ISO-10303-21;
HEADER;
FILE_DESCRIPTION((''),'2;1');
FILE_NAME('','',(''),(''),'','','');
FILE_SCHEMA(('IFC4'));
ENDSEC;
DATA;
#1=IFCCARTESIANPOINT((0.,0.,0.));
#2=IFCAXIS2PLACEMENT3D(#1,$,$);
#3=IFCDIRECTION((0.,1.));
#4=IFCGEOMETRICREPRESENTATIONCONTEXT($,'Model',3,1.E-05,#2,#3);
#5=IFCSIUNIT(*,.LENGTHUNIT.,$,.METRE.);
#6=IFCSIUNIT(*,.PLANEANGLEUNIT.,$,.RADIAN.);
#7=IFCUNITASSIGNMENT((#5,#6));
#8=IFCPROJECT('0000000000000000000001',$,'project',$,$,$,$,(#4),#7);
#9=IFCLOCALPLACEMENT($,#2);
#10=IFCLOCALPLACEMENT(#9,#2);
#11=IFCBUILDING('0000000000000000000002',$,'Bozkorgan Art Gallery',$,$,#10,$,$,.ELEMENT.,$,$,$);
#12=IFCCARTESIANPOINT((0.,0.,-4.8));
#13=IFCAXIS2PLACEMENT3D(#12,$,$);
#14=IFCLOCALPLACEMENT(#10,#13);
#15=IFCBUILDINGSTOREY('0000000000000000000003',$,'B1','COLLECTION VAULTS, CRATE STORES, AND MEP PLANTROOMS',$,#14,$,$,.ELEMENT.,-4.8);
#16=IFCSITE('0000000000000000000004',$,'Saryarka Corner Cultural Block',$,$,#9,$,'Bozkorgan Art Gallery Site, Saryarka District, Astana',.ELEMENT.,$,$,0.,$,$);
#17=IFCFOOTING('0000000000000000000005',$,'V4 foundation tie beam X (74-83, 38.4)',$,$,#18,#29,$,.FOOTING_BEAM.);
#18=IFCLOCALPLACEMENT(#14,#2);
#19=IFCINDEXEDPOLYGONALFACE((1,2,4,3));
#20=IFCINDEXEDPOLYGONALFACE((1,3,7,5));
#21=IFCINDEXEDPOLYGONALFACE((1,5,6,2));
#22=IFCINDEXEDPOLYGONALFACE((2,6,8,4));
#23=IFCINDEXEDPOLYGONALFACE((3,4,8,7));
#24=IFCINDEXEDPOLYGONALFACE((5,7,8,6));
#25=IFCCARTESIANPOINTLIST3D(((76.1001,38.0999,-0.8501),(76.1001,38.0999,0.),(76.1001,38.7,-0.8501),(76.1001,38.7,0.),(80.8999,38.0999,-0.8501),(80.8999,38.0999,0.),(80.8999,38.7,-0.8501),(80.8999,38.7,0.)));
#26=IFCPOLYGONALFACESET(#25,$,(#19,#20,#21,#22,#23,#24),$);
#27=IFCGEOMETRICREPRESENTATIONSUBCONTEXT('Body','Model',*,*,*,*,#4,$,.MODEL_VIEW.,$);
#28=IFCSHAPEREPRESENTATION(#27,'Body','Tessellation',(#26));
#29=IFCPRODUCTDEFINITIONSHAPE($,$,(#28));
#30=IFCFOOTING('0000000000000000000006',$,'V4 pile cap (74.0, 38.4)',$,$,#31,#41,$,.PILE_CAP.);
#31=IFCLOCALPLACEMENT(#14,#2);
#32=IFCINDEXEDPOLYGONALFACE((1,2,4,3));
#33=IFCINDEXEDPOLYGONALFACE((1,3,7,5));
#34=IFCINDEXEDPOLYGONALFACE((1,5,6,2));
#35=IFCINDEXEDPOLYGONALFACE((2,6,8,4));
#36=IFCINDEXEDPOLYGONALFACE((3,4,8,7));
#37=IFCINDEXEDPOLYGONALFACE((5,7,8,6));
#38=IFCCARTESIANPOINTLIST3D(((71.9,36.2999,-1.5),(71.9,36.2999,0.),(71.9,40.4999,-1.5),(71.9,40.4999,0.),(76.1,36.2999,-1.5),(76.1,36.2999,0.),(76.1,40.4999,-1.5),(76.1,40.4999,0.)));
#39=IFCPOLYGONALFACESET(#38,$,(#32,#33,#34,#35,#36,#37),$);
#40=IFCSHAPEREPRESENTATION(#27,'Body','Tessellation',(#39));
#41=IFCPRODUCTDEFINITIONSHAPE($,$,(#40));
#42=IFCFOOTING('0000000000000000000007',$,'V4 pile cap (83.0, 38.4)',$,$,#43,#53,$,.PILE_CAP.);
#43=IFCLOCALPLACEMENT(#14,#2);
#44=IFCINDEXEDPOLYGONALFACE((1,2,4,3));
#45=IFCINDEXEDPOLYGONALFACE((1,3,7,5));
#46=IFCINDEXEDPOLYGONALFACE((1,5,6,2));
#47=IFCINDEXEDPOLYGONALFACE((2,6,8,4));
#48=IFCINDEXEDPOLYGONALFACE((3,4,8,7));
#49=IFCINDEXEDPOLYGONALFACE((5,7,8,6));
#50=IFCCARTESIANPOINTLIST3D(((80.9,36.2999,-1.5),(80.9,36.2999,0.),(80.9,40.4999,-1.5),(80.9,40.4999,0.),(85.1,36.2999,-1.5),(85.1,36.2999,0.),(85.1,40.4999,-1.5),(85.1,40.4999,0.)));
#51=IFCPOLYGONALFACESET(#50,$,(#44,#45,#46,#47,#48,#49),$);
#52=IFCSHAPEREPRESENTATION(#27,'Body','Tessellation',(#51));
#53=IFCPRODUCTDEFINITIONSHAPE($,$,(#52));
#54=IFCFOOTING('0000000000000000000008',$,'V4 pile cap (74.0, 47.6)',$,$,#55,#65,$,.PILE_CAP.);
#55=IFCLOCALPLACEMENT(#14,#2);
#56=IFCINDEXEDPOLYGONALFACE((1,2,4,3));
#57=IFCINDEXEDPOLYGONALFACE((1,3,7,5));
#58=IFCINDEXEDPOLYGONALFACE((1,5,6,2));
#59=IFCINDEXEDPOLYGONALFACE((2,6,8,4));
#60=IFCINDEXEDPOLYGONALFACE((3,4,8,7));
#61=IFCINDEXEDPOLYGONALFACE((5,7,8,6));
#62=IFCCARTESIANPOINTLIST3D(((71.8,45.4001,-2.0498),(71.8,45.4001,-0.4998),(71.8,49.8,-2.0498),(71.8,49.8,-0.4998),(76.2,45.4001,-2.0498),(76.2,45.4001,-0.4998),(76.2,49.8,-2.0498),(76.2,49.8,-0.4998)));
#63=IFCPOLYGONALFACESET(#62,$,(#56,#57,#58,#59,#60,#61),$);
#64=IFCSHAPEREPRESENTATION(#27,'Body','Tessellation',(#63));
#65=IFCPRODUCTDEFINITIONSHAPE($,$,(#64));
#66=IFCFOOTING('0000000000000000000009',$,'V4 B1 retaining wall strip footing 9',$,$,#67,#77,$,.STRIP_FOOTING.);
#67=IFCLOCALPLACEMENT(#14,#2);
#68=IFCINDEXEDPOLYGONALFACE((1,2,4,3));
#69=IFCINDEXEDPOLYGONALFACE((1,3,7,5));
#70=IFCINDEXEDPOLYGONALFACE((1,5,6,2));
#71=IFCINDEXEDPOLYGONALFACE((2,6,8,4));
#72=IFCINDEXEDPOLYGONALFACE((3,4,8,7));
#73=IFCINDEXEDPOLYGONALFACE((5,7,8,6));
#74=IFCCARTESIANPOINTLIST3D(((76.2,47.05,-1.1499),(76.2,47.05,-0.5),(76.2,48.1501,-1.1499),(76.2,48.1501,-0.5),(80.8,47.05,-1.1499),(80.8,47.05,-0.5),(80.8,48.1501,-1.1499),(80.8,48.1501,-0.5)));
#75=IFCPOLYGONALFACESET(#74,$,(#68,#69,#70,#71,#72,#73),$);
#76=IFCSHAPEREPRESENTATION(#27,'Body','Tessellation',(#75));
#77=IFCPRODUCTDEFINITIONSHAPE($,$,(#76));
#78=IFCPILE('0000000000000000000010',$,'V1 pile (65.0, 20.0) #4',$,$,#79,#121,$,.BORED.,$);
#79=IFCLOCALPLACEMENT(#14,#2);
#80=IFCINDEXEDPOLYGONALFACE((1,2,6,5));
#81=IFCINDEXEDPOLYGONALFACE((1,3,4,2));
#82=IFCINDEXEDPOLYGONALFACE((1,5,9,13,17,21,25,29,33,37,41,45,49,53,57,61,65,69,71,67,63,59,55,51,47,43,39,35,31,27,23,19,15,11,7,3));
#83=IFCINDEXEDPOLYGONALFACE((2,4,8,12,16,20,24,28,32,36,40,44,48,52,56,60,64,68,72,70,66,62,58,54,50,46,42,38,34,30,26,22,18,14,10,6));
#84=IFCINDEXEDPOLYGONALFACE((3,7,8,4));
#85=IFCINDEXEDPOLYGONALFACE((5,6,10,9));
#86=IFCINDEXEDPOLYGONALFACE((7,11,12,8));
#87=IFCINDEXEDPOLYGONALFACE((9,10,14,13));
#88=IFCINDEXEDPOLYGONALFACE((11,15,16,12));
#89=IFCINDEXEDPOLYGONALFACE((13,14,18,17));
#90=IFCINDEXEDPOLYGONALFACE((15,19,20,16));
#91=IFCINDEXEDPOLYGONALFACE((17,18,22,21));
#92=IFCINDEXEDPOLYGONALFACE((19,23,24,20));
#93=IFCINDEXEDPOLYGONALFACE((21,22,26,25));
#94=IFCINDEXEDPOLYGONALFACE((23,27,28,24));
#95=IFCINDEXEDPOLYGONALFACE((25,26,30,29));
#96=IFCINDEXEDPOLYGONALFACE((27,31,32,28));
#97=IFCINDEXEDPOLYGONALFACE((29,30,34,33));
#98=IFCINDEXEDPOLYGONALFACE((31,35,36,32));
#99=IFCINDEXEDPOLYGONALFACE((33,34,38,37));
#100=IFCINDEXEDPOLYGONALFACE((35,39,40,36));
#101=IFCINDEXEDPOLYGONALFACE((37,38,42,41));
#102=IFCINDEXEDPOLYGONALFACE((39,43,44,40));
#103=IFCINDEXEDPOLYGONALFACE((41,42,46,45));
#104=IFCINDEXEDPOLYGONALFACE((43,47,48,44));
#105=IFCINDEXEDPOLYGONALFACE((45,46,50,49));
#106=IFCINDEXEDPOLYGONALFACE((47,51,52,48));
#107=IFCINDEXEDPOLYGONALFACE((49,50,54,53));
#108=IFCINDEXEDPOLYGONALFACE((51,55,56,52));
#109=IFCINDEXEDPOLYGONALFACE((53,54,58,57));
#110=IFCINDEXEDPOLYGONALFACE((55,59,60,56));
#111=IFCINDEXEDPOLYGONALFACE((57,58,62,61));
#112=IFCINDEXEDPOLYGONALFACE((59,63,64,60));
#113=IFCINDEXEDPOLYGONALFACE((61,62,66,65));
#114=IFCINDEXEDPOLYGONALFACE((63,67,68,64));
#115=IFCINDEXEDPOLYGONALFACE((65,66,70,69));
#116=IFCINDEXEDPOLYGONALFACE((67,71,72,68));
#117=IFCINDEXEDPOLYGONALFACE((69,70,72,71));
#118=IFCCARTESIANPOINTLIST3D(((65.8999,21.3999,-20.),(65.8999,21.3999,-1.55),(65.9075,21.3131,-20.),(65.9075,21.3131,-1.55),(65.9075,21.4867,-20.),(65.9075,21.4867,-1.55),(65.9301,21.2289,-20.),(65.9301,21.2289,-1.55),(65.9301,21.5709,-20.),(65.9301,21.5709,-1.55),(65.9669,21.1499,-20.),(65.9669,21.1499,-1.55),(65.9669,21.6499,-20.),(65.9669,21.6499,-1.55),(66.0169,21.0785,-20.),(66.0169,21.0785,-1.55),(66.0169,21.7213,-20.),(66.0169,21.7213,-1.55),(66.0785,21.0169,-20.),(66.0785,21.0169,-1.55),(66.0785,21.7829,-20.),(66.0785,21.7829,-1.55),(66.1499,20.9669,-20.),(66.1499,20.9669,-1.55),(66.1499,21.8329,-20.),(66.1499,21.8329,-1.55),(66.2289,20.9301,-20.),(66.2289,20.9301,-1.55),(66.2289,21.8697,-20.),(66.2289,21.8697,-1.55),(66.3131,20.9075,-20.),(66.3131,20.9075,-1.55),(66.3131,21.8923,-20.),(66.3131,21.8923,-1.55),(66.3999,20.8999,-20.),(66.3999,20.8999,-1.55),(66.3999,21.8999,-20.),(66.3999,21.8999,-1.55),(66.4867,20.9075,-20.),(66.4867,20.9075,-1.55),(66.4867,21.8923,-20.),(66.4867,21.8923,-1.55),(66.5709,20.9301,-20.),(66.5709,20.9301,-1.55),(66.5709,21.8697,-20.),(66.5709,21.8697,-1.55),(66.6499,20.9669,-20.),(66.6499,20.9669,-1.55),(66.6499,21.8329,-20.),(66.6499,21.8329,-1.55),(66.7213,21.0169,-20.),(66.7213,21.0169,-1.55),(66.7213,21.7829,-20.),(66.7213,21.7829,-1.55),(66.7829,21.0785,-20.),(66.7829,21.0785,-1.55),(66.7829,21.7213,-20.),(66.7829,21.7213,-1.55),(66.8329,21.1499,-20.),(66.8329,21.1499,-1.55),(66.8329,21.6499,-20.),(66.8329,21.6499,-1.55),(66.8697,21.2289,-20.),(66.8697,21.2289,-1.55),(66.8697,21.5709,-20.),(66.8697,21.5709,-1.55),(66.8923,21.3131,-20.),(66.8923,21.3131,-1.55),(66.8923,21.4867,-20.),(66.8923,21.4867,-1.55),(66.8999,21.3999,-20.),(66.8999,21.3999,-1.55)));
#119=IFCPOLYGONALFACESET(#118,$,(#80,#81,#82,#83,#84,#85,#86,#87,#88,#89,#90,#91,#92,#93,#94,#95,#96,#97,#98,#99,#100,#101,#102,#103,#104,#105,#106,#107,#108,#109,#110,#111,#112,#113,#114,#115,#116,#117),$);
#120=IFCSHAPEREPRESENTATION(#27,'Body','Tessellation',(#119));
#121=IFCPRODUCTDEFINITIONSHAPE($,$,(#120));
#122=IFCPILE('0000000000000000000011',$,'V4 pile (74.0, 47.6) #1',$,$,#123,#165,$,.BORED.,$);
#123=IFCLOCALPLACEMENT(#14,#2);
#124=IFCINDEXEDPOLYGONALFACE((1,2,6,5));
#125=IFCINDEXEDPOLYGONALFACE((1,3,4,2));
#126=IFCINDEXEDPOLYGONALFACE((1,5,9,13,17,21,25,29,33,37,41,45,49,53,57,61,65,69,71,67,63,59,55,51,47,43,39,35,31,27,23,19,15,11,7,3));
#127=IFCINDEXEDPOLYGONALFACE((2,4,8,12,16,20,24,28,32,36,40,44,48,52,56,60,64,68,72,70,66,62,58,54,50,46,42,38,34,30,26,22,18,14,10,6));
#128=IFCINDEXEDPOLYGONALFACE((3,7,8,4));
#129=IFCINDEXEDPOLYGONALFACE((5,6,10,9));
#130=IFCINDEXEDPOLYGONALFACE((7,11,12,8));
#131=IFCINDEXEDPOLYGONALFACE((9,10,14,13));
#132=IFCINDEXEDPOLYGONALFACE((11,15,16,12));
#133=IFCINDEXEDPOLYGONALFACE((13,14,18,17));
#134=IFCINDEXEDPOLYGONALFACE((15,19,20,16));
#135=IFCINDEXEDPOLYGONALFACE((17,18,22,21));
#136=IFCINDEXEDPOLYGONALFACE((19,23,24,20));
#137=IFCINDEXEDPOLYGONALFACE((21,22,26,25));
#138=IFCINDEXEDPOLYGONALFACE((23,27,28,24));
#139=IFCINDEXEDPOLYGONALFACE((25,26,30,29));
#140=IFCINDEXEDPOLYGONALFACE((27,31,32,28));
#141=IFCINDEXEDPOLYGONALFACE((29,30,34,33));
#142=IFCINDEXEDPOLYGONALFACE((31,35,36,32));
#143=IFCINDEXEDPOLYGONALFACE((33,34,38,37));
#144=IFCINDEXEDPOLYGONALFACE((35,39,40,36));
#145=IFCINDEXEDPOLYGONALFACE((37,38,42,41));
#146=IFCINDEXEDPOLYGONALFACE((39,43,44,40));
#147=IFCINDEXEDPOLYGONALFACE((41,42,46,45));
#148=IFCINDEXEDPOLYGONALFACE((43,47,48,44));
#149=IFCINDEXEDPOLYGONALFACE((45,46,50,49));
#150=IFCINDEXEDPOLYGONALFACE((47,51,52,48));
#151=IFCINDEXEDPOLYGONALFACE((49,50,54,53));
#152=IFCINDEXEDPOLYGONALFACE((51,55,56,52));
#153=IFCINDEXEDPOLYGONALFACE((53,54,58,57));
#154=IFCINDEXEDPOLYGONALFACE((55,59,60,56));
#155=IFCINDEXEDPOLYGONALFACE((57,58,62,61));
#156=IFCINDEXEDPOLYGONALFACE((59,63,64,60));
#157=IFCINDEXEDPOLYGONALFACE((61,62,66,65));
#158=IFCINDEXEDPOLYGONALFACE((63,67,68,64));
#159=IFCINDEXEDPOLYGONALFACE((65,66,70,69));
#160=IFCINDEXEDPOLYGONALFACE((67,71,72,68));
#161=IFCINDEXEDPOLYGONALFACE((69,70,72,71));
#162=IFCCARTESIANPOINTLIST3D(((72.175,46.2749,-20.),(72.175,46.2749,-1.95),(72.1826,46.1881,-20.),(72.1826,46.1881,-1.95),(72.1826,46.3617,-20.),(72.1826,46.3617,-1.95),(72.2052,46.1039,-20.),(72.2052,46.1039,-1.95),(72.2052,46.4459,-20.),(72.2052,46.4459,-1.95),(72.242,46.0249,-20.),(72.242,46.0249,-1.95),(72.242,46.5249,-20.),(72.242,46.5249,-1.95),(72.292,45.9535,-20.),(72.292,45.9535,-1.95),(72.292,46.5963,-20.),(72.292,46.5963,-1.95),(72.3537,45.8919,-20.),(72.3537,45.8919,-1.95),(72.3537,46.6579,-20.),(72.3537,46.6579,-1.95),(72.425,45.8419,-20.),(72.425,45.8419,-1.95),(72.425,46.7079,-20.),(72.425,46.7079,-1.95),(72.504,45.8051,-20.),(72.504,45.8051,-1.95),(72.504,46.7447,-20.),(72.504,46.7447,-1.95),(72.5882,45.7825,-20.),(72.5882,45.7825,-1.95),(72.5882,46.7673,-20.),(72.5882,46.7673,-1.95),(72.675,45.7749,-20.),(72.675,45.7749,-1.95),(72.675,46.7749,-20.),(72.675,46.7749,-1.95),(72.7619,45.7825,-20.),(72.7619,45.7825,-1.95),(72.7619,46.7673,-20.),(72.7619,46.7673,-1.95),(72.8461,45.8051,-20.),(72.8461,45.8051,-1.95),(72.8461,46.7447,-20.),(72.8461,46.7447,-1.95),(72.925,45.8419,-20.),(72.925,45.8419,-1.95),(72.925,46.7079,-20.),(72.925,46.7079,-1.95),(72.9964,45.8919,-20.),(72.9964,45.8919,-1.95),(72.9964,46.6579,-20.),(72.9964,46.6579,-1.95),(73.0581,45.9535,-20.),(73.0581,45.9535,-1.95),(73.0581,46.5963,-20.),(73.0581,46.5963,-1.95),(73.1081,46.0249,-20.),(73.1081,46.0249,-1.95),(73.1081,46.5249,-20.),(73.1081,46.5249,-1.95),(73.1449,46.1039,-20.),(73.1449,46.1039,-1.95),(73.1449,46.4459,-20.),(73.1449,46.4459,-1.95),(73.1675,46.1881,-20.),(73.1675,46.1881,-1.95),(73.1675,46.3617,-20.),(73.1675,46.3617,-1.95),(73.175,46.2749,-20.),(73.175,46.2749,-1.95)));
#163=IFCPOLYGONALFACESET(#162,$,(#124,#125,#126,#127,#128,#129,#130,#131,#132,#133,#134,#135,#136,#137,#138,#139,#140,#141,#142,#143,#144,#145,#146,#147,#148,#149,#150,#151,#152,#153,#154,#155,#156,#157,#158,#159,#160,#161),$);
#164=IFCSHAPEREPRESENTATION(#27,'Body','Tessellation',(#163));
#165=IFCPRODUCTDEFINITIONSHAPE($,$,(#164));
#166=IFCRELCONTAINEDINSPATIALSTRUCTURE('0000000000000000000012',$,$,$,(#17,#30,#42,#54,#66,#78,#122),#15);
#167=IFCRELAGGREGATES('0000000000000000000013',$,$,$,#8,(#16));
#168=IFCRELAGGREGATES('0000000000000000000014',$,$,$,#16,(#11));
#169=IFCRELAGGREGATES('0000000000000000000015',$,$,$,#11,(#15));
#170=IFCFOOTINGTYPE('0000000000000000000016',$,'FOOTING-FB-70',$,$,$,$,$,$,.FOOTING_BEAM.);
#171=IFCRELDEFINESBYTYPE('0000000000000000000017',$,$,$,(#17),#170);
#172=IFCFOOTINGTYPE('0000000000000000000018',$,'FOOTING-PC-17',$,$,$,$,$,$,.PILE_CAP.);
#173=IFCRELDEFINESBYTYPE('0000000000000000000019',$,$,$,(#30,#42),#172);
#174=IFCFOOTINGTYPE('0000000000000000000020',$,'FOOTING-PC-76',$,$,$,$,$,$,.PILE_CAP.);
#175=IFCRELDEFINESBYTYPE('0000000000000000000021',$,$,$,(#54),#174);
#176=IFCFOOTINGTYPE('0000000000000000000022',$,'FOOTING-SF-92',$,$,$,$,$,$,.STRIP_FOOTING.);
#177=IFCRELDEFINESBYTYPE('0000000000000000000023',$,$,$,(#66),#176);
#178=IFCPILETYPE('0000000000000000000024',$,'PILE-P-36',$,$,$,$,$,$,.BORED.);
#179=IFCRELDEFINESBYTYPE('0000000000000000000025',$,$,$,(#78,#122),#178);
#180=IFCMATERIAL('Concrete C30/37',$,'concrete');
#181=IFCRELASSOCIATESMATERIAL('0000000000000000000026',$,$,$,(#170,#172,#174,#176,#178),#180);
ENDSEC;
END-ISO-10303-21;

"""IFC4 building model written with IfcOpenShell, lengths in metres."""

from ifc_helpers import new_model, si_unit, direction, frame, origin, origin_2d, place, context, subcontext, project, spatial, rectangle, circle, extrude, material, material_profile, profile_set, type_object, element, save


model = new_model("IFC4")

# Units and contexts
model_context = context("Model", 3, precision=1e-05, world=origin(), true_north=direction((0.0, 1.0)))
body_context = subcontext(model_context, "Body", "Model", "MODEL_VIEW")
ifc_project = project(units=[si_unit("LENGTHUNIT", "METRE"), si_unit("PLANEANGLEUNIT", "RADIAN")], contexts=[model_context])

# Site, building, storey
site_placement = place(None, origin())
site = spatial("IfcSite", under=ifc_project, at=site_placement, Name="Saryarka Corner Cultural Block", LongName="Bozkorgan Art Gallery Site, Saryarka District, Astana", CompositionType="ELEMENT", RefElevation=0.0)
building_placement = place(site_placement, origin())
building = spatial("IfcBuilding", under=site, at=building_placement, Name="Bozkorgan Art Gallery", CompositionType="ELEMENT")
storey_placement = place(building_placement, frame((0.0, 0.0, -4.8)))
storey = spatial("IfcBuildingStorey", under=building, at=storey_placement, Name="B1", Description="COLLECTION VAULTS, CRATE STORES, AND MEP PLANTROOMS", CompositionType="ELEMENT", Elevation=-4.8)

# Footings
ifc_material_1 = material(Name="Concrete C30/37", Category="concrete")
ifc_material_profile_1 = material_profile(ifc_material_1, rectangle(XDim=0.6001, YDim=0.8501, at=origin_2d()), Name="FND 600x850")
ifc_profile_set_1 = profile_set([ifc_material_profile_1], Name="Concrete C30/37")
footing_type_1 = type_object("IfcFootingType", Name="FOOTING-FB-70", PredefinedType="FOOTING_BEAM", material=ifc_profile_set_1)
footing_1_placement = place(storey_placement, frame((76.1001, 38.3999, -0.425), z_axis=(1.0, 0.0, 0.0), x_axis=(0.0, 1.0, 0.0)))
element("IfcFooting", 1, at=footing_1_placement, inside=storey, type_object=footing_type_1, Name="V4 foundation tie beam X (74-83, 38.4)", PredefinedType="FOOTING_BEAM", context=body_context, shape_type="SweptSolid", body=[
    extrude(rectangle(XDim=0.6001, YDim=0.8501, at=origin_2d()), origin(), (0.0, 0.0, 1.0), 4.7998),
])
footing_type_2 = type_object("IfcFootingType", Name="FOOTING-PC-17", PredefinedType="PILE_CAP", material=ifc_material_1)
for number, where, z_axis, x_axis, name in (
    (2, (74.0, 38.3999, -1.5), (0.0, 0.0, 1.0), (1.0, 0.0, 0.0), "V4 pile cap (74.0, 38.4)"),
    (3, (83.0, 38.3999, -1.5), (0.0, 0.0, 1.0), (1.0, 0.0, 0.0), "V4 pile cap (83.0, 38.4)"),
):
    element("IfcFooting", number, at=place(storey_placement, frame(where, z_axis=z_axis, x_axis=x_axis)), inside=storey, type_object=footing_type_2, Name=name, PredefinedType="PILE_CAP", context=body_context, shape_type="SweptSolid", body=[
        extrude(rectangle(XDim=4.2, YDim=4.2, at=origin_2d()), origin(), (0.0, 0.0, 1.0), 1.5),
    ])
footing_type_3 = type_object("IfcFootingType", Name="FOOTING-PC-76", PredefinedType="PILE_CAP", material=ifc_material_1)
footing_2_placement = place(storey_placement, frame((74.0, 47.6001, -2.0498), z_axis=(0.0, 0.0, 1.0), x_axis=(1.0, 0.0, 0.0)))
element("IfcFooting", 4, at=footing_2_placement, inside=storey, type_object=footing_type_3, Name="V4 pile cap (74.0, 47.6)", PredefinedType="PILE_CAP", context=body_context, shape_type="SweptSolid", body=[
    extrude(rectangle(XDim=4.3999, YDim=4.3999, at=origin_2d()), origin(), (0.0, 0.0, 1.0), 1.55),
])
ifc_material_profile_2 = material_profile(ifc_material_1, rectangle(XDim=1.1001, YDim=0.6499, at=origin_2d()), Name="FND 1100x650")
ifc_profile_set_2 = profile_set([ifc_material_profile_2], Name="Concrete C30/37")
footing_type_4 = type_object("IfcFootingType", Name="FOOTING-SF-92", PredefinedType="STRIP_FOOTING", material=ifc_profile_set_2)
footing_3_placement = place(storey_placement, frame((76.2, 47.6001, -0.825), z_axis=(1.0, 0.0, 0.0), x_axis=(0.0, 1.0, 0.0)))
element("IfcFooting", 5, at=footing_3_placement, inside=storey, type_object=footing_type_4, Name="V4 B1 retaining wall strip footing 9", PredefinedType="STRIP_FOOTING", context=body_context, shape_type="SweptSolid", body=[
    extrude(rectangle(XDim=1.1001, YDim=0.6499, at=origin_2d()), origin(), (0.0, 0.0, 1.0), 4.6001),
])

# Piles
ifc_material_profile_3 = material_profile(ifc_material_1, circle(Radius=0.5, at=origin_2d()), Name="PILE D1000")
ifc_profile_set_3 = profile_set([ifc_material_profile_3], Name="Concrete C30/37")
pile_type_1 = type_object("IfcPileType", Name="PILE-P-36", PredefinedType="BORED", material=ifc_profile_set_3)
pile_placement = place(storey_placement, frame((66.3999, 21.3999, -1.55), z_axis=(0.0, 0.0, -1.0), x_axis=(1.0, 0.0, 0.0)))
element("IfcPile", 6, at=pile_placement, inside=storey, type_object=pile_type_1, Name="V1 pile (65.0, 20.0) #4", PredefinedType="BORED", context=body_context, shape_type="SweptSolid", body=[
    extrude(circle(Radius=0.5, at=origin_2d()), origin(), (0.0, 0.0, 1.0), 18.45),
])
for number, where, z_axis, x_axis, name in (
    (7, (72.675, 46.2749, -1.95), (0.0, 0.0, -1.0), (1.0, 0.0, 0.0), "V4 pile (74.0, 47.6) #1"),
):
    element("IfcPile", number, at=place(storey_placement, frame(where, z_axis=z_axis, x_axis=x_axis)), inside=storey, type_object=pile_type_1, Name=name, PredefinedType="BORED", context=body_context, shape_type="SweptSolid", body=[
        extrude(circle(Radius=0.5, at=origin_2d()), origin(), (0.0, 0.0, 1.0), 18.05),
    ])

save(model, "model.ifc")
